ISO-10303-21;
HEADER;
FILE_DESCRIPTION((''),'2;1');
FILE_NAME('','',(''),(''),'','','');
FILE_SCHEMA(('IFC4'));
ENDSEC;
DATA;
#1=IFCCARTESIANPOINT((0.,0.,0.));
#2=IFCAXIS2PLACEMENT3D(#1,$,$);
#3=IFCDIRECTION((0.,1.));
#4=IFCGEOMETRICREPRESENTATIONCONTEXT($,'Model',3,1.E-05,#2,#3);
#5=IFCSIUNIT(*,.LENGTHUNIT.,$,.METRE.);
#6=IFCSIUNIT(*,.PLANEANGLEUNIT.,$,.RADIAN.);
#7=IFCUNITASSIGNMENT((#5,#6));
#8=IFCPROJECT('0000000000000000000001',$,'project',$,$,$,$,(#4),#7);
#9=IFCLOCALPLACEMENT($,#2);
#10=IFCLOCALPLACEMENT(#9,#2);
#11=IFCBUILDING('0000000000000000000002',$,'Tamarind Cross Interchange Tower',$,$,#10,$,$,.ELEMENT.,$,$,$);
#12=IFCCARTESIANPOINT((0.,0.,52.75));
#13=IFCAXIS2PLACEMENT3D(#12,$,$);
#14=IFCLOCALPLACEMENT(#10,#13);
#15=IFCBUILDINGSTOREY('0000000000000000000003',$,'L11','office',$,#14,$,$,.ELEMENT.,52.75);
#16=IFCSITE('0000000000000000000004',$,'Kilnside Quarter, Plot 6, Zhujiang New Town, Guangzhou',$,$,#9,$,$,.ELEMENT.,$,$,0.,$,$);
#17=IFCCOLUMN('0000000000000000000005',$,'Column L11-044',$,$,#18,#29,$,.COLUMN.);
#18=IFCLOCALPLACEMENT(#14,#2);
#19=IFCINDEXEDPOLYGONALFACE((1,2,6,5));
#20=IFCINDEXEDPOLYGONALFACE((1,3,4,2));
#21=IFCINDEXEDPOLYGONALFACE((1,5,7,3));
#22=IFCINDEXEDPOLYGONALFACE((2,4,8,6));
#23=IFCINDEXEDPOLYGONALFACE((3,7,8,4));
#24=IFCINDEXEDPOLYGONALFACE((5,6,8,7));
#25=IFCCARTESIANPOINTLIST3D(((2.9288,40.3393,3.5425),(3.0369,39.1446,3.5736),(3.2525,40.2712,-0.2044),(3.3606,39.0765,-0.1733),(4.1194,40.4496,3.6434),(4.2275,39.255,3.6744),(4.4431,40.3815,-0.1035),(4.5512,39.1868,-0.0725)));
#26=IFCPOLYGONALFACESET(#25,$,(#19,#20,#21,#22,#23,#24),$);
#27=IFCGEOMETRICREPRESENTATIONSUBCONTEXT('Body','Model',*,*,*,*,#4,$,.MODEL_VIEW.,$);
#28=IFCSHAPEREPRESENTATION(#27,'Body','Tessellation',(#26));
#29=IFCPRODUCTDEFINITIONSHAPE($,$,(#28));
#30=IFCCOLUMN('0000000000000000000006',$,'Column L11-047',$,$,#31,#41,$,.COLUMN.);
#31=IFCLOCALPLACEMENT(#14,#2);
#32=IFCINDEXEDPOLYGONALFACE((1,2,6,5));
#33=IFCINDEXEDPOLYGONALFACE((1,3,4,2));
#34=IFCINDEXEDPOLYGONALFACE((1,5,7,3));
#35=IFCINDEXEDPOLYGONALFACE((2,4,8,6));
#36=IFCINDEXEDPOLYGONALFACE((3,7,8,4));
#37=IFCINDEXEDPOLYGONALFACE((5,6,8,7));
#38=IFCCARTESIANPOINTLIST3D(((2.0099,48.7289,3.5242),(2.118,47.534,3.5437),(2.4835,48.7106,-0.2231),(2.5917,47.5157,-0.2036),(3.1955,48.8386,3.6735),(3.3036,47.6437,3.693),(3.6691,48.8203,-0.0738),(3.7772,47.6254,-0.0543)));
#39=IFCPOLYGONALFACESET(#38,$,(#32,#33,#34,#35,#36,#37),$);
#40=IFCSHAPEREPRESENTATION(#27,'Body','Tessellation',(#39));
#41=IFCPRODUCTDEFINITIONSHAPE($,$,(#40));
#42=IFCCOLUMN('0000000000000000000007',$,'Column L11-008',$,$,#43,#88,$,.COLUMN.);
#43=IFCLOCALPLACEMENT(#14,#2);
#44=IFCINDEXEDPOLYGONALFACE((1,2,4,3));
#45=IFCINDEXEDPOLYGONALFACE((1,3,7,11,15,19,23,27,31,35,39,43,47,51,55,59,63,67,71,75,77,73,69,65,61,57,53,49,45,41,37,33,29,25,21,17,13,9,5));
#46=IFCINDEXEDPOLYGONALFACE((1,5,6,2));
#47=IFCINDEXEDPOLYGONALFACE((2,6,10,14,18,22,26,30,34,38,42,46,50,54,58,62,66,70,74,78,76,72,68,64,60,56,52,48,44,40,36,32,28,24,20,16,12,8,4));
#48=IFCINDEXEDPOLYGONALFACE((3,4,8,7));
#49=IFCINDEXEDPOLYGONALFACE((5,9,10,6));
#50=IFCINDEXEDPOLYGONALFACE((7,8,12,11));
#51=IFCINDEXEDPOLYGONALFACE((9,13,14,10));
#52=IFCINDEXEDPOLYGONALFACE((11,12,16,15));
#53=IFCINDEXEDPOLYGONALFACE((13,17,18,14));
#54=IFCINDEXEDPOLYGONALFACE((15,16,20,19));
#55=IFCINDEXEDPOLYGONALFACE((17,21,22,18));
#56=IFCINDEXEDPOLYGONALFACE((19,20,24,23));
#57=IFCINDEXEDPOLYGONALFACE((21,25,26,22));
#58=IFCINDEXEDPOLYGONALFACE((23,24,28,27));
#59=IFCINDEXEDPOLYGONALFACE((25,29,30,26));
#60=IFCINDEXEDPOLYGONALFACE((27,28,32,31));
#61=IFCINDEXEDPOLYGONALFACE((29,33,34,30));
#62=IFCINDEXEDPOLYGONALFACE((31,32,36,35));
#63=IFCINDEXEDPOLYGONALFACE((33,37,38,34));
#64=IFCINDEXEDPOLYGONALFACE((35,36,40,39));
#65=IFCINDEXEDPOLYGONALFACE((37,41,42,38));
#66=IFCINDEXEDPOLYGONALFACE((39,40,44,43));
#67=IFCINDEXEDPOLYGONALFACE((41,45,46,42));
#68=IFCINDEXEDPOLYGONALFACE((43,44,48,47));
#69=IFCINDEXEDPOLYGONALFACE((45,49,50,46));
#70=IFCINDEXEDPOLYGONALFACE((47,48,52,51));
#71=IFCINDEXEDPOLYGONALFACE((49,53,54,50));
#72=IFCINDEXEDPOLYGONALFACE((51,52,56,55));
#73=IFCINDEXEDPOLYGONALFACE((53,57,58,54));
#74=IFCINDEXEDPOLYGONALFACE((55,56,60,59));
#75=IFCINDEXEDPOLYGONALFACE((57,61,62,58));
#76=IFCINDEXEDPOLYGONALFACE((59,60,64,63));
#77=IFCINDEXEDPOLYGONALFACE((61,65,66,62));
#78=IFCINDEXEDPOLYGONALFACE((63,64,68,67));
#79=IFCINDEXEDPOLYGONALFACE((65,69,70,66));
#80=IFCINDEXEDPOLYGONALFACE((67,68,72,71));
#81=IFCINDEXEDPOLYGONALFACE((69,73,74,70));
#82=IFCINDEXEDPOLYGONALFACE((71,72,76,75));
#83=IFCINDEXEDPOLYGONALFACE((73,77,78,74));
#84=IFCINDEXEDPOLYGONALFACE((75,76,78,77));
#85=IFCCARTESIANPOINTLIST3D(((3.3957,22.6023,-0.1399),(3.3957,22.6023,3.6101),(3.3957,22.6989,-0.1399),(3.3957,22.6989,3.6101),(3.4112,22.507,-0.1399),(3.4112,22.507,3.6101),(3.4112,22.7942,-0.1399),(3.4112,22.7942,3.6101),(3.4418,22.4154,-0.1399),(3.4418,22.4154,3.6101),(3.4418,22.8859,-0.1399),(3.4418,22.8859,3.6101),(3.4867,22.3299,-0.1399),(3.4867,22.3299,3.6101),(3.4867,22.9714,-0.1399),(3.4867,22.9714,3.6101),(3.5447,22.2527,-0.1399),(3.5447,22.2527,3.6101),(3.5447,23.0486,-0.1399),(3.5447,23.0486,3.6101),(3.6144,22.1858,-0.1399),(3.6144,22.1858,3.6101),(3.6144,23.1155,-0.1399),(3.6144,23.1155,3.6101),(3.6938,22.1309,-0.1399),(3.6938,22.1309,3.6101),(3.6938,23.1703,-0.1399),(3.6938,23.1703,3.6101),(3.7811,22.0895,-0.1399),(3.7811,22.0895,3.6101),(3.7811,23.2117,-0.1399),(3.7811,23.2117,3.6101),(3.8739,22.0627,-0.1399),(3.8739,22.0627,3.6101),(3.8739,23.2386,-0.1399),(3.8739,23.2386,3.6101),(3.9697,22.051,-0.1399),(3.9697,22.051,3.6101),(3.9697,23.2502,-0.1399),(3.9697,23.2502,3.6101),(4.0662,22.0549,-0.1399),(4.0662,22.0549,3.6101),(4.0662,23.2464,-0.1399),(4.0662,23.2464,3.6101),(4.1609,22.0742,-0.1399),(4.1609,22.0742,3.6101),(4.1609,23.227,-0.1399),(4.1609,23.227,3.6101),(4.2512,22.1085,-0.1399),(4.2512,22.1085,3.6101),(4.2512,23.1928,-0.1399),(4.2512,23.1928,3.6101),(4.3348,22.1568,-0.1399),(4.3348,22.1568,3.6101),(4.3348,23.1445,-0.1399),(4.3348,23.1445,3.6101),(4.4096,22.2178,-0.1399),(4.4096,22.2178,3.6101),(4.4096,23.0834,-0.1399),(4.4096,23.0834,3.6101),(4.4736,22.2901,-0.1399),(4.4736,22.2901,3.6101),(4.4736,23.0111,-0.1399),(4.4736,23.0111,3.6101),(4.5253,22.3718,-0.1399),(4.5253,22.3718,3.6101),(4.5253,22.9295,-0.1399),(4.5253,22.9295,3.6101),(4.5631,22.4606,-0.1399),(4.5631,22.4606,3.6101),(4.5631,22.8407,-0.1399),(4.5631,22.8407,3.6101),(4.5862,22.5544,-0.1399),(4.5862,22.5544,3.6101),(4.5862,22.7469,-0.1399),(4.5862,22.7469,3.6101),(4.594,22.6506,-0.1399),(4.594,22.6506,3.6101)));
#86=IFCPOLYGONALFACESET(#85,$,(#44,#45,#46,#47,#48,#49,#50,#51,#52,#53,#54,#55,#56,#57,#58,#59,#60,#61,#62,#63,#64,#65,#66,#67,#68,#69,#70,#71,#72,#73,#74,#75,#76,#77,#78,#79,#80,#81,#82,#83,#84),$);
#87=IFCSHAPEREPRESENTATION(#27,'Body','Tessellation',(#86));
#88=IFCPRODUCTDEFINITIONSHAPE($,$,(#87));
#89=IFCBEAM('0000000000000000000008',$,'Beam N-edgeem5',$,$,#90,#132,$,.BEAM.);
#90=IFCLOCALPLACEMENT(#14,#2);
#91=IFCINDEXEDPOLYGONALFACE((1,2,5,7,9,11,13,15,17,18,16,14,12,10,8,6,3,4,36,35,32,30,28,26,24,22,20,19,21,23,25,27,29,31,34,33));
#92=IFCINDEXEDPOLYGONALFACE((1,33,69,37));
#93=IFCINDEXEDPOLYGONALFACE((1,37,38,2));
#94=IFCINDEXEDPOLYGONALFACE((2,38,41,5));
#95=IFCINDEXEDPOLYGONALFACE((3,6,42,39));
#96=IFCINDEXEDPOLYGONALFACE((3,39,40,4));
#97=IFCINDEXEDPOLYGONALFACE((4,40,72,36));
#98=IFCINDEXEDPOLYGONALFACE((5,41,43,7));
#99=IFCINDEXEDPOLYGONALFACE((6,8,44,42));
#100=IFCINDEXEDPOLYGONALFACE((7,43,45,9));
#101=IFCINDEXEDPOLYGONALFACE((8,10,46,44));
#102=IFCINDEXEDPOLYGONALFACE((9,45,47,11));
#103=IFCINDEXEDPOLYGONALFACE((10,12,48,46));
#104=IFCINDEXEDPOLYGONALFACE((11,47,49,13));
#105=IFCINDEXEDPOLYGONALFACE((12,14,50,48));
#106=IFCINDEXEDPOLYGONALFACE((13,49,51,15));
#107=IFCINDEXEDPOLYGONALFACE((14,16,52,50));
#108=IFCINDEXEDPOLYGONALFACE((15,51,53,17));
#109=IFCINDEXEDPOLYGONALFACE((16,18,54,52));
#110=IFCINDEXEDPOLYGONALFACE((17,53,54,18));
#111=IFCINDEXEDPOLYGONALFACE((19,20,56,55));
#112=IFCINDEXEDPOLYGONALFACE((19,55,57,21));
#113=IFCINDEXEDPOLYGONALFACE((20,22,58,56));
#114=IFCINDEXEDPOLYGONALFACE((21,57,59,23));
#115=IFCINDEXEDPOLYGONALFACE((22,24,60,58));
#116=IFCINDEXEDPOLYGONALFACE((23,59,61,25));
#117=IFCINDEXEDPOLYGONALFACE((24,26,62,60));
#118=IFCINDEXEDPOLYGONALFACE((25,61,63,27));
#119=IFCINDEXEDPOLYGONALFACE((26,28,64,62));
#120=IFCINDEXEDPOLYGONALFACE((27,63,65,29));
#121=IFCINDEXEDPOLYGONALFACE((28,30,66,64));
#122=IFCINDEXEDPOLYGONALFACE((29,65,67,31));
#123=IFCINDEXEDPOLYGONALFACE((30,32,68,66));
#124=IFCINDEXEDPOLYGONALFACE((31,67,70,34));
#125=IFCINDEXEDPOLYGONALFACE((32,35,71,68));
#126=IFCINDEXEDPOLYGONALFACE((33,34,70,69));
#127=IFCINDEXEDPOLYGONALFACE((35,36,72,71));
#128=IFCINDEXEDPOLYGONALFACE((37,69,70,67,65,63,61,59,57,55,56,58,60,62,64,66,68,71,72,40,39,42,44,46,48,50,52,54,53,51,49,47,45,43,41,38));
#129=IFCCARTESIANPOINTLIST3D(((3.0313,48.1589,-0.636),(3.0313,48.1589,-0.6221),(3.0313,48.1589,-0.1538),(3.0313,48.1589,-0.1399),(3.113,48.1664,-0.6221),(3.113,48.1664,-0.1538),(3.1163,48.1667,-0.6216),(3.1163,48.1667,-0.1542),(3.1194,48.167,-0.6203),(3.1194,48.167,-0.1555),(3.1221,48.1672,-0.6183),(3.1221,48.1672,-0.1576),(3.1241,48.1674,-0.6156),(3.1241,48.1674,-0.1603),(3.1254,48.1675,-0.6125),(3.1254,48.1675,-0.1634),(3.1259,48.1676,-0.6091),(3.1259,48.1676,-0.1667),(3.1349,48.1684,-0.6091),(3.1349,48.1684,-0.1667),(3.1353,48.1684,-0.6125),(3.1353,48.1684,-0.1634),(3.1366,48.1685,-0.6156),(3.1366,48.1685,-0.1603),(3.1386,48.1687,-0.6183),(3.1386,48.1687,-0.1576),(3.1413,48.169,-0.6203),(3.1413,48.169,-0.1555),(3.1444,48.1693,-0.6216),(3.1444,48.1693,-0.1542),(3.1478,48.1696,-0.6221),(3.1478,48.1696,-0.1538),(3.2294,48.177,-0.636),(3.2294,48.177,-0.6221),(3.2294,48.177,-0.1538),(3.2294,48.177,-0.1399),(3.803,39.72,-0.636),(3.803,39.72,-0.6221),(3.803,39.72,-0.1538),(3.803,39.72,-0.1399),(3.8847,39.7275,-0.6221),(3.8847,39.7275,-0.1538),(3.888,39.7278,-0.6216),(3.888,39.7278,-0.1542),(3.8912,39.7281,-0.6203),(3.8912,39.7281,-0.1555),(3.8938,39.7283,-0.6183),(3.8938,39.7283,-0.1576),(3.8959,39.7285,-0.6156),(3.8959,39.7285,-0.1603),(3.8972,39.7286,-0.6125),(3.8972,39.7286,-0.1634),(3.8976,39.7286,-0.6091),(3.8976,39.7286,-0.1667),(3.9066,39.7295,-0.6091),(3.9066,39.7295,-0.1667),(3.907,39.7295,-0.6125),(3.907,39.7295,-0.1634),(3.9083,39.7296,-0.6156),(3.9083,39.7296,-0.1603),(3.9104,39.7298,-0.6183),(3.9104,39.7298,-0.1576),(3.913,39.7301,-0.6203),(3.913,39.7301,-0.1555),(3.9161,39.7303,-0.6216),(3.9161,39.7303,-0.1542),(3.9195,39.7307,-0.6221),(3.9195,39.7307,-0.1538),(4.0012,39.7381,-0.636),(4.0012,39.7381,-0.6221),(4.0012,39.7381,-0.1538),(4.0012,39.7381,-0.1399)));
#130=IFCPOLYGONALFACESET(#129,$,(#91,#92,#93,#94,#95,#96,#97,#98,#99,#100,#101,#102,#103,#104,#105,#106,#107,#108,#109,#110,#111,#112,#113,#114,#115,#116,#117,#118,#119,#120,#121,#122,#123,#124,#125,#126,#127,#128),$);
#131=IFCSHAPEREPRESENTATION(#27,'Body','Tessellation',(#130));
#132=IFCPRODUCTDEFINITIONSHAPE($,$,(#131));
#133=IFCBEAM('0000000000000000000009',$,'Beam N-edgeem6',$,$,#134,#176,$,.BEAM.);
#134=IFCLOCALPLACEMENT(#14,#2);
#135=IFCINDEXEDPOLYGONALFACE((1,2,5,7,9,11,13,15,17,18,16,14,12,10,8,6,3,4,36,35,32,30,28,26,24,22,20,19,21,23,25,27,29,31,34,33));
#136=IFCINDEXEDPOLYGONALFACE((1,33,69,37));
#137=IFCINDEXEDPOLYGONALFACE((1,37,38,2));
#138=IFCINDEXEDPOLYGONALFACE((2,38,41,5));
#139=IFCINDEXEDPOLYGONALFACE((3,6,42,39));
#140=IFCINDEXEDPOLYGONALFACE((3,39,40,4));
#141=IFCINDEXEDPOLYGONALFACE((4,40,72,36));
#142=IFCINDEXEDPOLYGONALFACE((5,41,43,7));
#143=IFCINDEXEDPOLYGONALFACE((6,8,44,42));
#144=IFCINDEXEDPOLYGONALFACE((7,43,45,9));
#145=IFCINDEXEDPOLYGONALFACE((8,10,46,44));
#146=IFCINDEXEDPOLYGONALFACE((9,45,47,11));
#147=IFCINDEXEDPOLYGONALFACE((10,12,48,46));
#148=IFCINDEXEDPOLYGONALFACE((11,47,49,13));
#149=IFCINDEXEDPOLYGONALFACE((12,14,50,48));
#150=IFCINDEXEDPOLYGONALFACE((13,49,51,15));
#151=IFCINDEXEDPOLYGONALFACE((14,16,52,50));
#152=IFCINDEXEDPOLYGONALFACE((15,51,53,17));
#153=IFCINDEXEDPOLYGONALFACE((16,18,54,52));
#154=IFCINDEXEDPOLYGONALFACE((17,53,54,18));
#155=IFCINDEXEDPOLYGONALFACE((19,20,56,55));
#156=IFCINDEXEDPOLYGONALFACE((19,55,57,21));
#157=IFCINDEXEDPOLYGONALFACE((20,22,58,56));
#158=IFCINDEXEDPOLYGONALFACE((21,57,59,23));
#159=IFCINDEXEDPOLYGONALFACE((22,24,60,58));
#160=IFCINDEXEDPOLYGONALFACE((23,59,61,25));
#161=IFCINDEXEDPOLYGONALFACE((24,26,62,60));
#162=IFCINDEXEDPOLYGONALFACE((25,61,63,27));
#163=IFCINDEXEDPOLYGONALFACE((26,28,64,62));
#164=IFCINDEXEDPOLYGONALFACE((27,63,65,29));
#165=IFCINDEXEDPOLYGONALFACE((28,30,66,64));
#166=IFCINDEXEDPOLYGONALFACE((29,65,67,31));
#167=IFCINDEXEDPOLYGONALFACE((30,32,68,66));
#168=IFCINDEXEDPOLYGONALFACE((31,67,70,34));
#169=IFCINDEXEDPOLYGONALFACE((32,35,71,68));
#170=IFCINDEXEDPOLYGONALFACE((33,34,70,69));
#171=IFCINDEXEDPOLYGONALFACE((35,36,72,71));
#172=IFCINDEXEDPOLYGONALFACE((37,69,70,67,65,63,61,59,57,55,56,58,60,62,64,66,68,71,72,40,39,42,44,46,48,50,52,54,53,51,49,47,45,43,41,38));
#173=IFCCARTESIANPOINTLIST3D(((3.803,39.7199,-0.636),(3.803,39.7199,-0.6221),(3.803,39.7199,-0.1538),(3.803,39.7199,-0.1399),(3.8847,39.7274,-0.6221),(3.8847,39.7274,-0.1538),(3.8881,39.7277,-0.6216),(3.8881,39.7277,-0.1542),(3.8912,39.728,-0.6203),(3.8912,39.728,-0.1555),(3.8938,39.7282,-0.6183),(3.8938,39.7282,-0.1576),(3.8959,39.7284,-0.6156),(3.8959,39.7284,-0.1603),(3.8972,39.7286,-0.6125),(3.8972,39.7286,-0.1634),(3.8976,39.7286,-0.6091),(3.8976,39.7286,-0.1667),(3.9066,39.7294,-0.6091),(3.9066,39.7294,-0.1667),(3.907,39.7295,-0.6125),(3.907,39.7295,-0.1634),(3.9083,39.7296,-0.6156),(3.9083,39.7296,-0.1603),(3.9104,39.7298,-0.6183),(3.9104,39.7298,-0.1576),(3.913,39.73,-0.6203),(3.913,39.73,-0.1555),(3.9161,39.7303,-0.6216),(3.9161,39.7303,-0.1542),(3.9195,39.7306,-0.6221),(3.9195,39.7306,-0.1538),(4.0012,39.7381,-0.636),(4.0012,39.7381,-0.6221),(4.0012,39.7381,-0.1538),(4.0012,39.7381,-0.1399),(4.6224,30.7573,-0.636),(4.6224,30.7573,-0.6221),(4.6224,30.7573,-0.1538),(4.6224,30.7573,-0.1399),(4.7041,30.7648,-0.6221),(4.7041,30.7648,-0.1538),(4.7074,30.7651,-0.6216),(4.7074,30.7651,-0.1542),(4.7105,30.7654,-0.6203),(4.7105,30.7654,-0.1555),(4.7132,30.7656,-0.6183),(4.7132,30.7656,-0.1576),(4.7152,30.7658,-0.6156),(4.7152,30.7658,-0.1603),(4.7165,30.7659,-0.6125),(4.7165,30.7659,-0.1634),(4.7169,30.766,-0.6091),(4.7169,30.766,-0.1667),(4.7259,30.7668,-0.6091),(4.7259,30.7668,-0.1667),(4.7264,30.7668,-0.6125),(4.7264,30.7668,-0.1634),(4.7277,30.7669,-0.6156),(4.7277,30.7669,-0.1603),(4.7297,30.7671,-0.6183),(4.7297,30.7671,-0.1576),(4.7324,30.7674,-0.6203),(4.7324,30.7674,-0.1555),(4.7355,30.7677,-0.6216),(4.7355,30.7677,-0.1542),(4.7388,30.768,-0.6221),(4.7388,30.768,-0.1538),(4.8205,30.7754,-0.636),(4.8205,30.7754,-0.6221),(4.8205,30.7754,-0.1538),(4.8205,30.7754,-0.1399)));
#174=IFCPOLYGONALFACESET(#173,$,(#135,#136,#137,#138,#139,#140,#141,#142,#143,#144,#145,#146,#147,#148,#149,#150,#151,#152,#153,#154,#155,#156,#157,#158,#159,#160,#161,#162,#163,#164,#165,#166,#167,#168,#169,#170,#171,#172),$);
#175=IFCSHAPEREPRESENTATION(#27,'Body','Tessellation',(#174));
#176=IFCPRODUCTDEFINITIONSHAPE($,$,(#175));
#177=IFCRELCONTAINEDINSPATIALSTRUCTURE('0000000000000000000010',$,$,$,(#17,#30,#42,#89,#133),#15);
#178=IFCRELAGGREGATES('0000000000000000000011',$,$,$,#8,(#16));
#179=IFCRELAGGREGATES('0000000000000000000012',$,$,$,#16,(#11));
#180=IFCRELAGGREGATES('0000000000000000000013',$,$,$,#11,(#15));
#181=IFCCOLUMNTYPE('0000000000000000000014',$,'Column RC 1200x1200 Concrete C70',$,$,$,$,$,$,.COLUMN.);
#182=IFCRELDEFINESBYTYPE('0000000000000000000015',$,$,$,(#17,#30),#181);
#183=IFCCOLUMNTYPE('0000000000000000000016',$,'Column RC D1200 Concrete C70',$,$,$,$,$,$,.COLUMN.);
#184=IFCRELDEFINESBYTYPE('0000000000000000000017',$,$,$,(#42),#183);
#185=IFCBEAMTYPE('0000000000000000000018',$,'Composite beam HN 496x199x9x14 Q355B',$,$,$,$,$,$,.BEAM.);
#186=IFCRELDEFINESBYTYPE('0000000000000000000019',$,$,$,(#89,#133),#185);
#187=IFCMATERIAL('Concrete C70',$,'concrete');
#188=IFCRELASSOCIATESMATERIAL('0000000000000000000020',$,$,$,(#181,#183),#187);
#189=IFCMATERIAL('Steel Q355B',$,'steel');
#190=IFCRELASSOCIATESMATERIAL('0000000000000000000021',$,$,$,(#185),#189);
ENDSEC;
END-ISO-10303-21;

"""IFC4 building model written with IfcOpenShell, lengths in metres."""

from ifc_helpers import new_model, si_unit, direction, frame, origin, origin_2d, place, context, subcontext, project, spatial, rectangle, circle, i_section, extrude, material, material_profile, profile_set, type_object, element, save


model = new_model("IFC4")

# Units and contexts
model_context = context("Model", 3, precision=1e-05, world=origin(), true_north=direction((0.0, 1.0)))
body_context = subcontext(model_context, "Body", "Model", "MODEL_VIEW")
ifc_project = project(units=[si_unit("LENGTHUNIT", "METRE"), si_unit("PLANEANGLEUNIT", "RADIAN")], contexts=[model_context])

# Site, building, storey
site_placement = place(None, origin())
site = spatial("IfcSite", under=ifc_project, at=site_placement, Name="Kilnside Quarter, Plot 6, Zhujiang New Town, Guangzhou", CompositionType="ELEMENT", RefElevation=0.0)
building_placement = place(site_placement, origin())
building = spatial("IfcBuilding", under=site, at=building_placement, Name="Tamarind Cross Interchange Tower", CompositionType="ELEMENT")
storey_placement = place(building_placement, frame((0.0, 0.0, 52.75)))
storey = spatial("IfcBuildingStorey", under=building, at=storey_placement, Name="L11", Description="office", CompositionType="ELEMENT", Elevation=52.75)

# Columns
ifc_material_1 = material(Name="Concrete C70", Category="concrete")
ifc_material_profile_1 = material_profile(ifc_material_1, rectangle(XDim=1.2, YDim=1.2, at=origin_2d()), Name="RC 1200x1200")
ifc_profile_set_1 = profile_set([ifc_material_profile_1], Name="Concrete C70")
column_type_1 = type_object("IfcColumnType", Name="Column RC 1200x1200 Concrete C70", PredefinedType="COLUMN", material=ifc_profile_set_1)
column_1_placement = place(storey_placement, frame((3.9019, 39.729, -0.1384), z_axis=(-0.086066, 0.018109, 0.996125), x_axis=(0.090072, -0.995599, 0.025882)))
element("IfcColumn", 1, at=column_1_placement, inside=storey, type_object=column_type_1, Name="Column L11-044", PredefinedType="COLUMN", context=body_context, shape_type="SweptSolid", body=[
    extrude(rectangle(XDim=1.2, YDim=1.2, at=origin_2d()), origin(), (0.0, 0.0, 1.0), 3.7615),
])
column_2_placement = place(storey_placement, frame((3.1304, 48.168, -0.1387), z_axis=(-0.125393, 0.004848, 0.992095), x_axis=(0.090112, -0.995799, 0.016255)))
element("IfcColumn", 2, at=column_2_placement, inside=storey, type_object=column_type_1, Name="Column L11-047", PredefinedType="COLUMN", context=body_context, shape_type="SweptSolid", body=[
    extrude(rectangle(XDim=1.2, YDim=1.2, at=origin_2d()), origin(), (0.0, 0.0, 1.0), 3.7771),
])
ifc_material_profile_2 = material_profile(ifc_material_1, circle(Radius=0.6001, at=origin_2d()), Name="RC D1200")
ifc_profile_set_2 = profile_set([ifc_material_profile_2], Name="Concrete C70")
column_type_2 = type_object("IfcColumnType", Name="Column RC D1200 Concrete C70", PredefinedType="COLUMN", material=ifc_profile_set_2)
column_3_placement = place(storey_placement, frame((3.9939, 22.6506, -0.1399), z_axis=(0.0, 0.0, 1.0), x_axis=(1.0, 0.0, 0.0)))
element("IfcColumn", 3, at=column_3_placement, inside=storey, type_object=column_type_2, Name="Column L11-008", PredefinedType="COLUMN", context=body_context, shape_type="SweptSolid", body=[
    extrude(circle(Radius=0.6001, at=origin_2d()), origin(), (0.0, 0.0, 1.0), 3.75),
])

# Beams
ifc_material_2 = material(Name="Steel Q355B", Category="steel")
ifc_material_profile_3 = material_profile(ifc_material_2, i_section(OverallWidth=0.199, OverallDepth=0.4961, WebThickness=0.009, FlangeThickness=0.0139, FilletRadius=0.0129, at=origin_2d()), Name="HN 496x199x9x14")
ifc_profile_set_3 = profile_set([ifc_material_profile_3], Name="Steel Q355B")
beam_type_1 = type_object("IfcBeamType", Name="Composite beam HN 496x199x9x14 Q355B", PredefinedType="BEAM", material=ifc_profile_set_3)
beam_1_placement = place(storey_placement, frame((3.1304, 48.168, -0.3879), z_axis=(0.091068, -0.995845, 0.0), x_axis=(0.995845, 0.091068, 0.0)))
element("IfcBeam", 4, at=beam_1_placement, inside=storey, type_object=beam_type_1, Name="Beam N-edgeem5", PredefinedType="BEAM", context=body_context, shape_type="SweptSolid", body=[
    extrude(i_section(OverallWidth=0.199, OverallDepth=0.4961, WebThickness=0.009, FlangeThickness=0.0139, FilletRadius=0.0129, at=origin_2d()), origin(), (0.0, 0.0, 1.0), 8.4741),
])
beam_2_placement = place(storey_placement, frame((3.9021, 39.729, -0.3879), z_axis=(0.091037, -0.995847, 0.0), x_axis=(0.995847, 0.091037, 0.0)))
element("IfcBeam", 5, at=beam_2_placement, inside=storey, type_object=beam_type_1, Name="Beam N-edgeem6", PredefinedType="BEAM", context=body_context, shape_type="SweptSolid", body=[
    extrude(i_section(OverallWidth=0.199, OverallDepth=0.4961, WebThickness=0.009, FlangeThickness=0.0139, FilletRadius=0.0129, at=origin_2d()), origin(), (0.0, 0.0, 1.0), 9.0),
])

save(model, "model.ifc")
